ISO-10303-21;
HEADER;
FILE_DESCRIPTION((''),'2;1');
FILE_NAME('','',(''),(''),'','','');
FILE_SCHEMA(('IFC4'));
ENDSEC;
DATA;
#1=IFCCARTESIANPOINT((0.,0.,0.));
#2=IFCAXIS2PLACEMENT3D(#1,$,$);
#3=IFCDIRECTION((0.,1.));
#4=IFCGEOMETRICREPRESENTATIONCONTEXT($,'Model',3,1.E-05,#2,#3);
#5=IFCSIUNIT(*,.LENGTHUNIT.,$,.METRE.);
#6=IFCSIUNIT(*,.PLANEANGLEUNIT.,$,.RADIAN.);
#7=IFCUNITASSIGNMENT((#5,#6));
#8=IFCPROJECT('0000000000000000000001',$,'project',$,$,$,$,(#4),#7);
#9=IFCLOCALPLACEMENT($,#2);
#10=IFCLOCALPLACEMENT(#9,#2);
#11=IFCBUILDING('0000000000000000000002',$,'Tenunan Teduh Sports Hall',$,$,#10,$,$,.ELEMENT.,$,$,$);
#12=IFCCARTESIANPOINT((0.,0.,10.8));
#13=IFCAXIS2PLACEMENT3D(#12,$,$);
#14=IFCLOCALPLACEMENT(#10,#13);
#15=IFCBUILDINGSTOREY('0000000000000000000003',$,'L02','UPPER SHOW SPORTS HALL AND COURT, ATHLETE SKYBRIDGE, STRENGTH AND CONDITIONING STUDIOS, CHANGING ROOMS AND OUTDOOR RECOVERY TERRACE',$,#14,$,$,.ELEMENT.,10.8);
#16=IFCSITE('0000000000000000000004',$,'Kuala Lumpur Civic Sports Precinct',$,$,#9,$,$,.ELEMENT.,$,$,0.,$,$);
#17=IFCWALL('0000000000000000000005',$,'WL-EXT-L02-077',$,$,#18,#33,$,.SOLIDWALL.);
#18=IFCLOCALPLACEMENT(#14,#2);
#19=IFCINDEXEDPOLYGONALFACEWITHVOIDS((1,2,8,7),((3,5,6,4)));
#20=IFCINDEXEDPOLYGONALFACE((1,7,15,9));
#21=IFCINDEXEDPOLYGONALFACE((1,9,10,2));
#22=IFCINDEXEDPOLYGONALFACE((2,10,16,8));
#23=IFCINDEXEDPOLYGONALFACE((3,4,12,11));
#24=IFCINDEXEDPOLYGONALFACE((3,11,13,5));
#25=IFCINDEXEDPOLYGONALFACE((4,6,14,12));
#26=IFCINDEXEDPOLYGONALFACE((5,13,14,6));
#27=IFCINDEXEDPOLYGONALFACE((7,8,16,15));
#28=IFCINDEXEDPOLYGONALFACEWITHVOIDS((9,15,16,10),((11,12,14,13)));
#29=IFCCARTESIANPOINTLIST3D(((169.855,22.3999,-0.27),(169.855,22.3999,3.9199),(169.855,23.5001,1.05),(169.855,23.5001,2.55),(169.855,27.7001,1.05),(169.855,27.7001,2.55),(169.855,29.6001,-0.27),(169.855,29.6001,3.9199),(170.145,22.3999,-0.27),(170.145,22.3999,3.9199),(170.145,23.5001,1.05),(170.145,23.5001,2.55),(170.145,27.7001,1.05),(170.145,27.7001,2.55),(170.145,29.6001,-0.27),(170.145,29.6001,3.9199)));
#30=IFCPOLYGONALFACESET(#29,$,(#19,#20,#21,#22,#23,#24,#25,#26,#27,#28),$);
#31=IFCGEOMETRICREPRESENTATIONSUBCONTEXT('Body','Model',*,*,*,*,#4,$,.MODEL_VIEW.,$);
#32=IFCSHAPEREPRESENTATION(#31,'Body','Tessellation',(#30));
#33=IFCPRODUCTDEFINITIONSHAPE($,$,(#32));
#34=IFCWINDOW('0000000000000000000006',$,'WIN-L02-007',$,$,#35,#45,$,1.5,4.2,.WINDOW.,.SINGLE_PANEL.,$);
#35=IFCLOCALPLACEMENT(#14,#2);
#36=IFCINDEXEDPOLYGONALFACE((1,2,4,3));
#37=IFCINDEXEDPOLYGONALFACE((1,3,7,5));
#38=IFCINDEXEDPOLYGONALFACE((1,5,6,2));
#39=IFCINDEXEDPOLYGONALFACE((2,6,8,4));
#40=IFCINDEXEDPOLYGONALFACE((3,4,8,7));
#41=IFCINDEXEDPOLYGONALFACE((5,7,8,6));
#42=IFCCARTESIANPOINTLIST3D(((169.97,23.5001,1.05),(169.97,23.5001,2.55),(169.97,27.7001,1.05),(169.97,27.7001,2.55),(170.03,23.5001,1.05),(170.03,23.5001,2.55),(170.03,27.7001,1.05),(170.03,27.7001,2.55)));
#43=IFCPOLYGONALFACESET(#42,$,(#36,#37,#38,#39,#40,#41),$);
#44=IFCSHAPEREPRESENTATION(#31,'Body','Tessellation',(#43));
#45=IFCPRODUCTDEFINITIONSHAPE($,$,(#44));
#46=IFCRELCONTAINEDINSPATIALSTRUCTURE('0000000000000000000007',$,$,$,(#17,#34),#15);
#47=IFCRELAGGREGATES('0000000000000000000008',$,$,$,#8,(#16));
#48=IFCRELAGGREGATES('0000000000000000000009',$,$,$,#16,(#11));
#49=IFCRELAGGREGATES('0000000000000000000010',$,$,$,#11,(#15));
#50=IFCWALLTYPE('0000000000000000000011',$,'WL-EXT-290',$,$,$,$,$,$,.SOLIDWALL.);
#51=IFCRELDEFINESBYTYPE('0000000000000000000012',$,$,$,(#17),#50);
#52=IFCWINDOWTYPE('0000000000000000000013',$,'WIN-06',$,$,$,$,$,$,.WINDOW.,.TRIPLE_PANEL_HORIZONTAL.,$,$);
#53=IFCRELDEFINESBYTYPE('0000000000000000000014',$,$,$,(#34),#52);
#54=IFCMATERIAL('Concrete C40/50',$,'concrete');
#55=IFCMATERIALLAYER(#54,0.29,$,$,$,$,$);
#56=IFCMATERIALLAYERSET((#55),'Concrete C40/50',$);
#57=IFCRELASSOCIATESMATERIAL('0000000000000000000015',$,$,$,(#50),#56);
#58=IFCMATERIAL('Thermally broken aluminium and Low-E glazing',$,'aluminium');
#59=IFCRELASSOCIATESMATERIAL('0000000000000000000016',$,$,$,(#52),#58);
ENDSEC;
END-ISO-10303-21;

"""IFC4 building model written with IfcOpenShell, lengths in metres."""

from ifc_helpers import new_model, si_unit, direction, frame, frame_2d, origin, place, context, subcontext, project, spatial, rectangle, extrude, material, layer, layer_set, type_object, element, fill, save


model = new_model("IFC4")

# Units and contexts
model_context = context("Model", 3, precision=1e-05, world=origin(), true_north=direction((0.0, 1.0)))
body_context = subcontext(model_context, "Body", "Model", "MODEL_VIEW")
ifc_project = project(units=[si_unit("LENGTHUNIT", "METRE"), si_unit("PLANEANGLEUNIT", "RADIAN")], contexts=[model_context])

# Site, building, storey
site_placement = place(None, origin())
site = spatial("IfcSite", under=ifc_project, at=site_placement, Name="Kuala Lumpur Civic Sports Precinct", CompositionType="ELEMENT", RefElevation=0.0)
building_placement = place(site_placement, origin())
building = spatial("IfcBuilding", under=site, at=building_placement, Name="Tenunan Teduh Sports Hall", CompositionType="ELEMENT")
storey_placement = place(building_placement, frame((0.0, 0.0, 10.8)))
storey = spatial("IfcBuildingStorey", under=building, at=storey_placement, Name="L02", Description="UPPER SHOW SPORTS HALL AND COURT, ATHLETE SKYBRIDGE, STRENGTH AND CONDITIONING STUDIOS, CHANGING ROOMS AND OUTDOOR RECOVERY TERRACE", CompositionType="ELEMENT", Elevation=10.8)

# Wall, opening, window
ifc_material_1 = material(Name="Concrete C40/50", Category="concrete")
ifc_layer_1 = layer(ifc_material_1, 0.29)
ifc_layer_set_1 = layer_set([ifc_layer_1], Name="Concrete C40/50")
wall_type = type_object("IfcWallType", Name="WL-EXT-290", PredefinedType="SOLIDWALL", material=ifc_layer_set_1)
wall_placement = place(storey_placement, frame((170.0, 22.3999, -0.27), z_axis=(0.0, 0.0, 1.0), x_axis=(0.0, 1.0, 0.0)))
wall = element("IfcWall", 1, at=wall_placement, inside=storey, type_object=wall_type, Name="WL-EXT-L02-077", PredefinedType="SOLIDWALL", context=body_context, shape_type="SweptSolid", body=[
    extrude(rectangle(XDim=7.2002, YDim=0.29, at=frame_2d((3.6001, 0.0))), origin(), (0.0, 0.0, 1.0), 4.1899),
])
opening_placement = place(wall_placement, frame((1.1001, 0.0, 1.3201)))
opening = element("IfcOpeningElement", 2, at=opening_placement, cuts=wall, PredefinedType="OPENING", context=body_context, shape_type="SweptSolid", body=[
    extrude(rectangle(XDim=4.2, YDim=1.5, at=frame_2d((2.1001, 0.75))), frame((0.0, 0.155, 0.0), z_axis=(0.0, -1.0, 0.0), x_axis=(1.0, 0.0, 0.0)), (0.0, 0.0, 1.0), 0.3101),
])
ifc_material_2 = material(Name="Thermally broken aluminium and Low-E glazing", Category="aluminium")
window_type = type_object("IfcWindowType", Name="WIN-06", PartitioningType="TRIPLE_PANEL_HORIZONTAL", PredefinedType="WINDOW", material=ifc_material_2)
window_placement = place(opening_placement, origin())
window = element("IfcWindow", 3, at=window_placement, inside=storey, type_object=window_type, Name="WIN-L02-007", OverallHeight=1.5, OverallWidth=4.2, PartitioningType="SINGLE_PANEL", PredefinedType="WINDOW", context=body_context, shape_type="SweptSolid", body=[
    extrude(rectangle(XDim=4.2, YDim=1.5, at=frame_2d((2.1001, 0.75))), frame((0.0, 0.03, 0.0), z_axis=(0.0, -1.0, 0.0), x_axis=(1.0, 0.0, 0.0)), (0.0, 0.0, 1.0), 0.0601),
])
fill(opening, window)

save(model, "model.ifc")
